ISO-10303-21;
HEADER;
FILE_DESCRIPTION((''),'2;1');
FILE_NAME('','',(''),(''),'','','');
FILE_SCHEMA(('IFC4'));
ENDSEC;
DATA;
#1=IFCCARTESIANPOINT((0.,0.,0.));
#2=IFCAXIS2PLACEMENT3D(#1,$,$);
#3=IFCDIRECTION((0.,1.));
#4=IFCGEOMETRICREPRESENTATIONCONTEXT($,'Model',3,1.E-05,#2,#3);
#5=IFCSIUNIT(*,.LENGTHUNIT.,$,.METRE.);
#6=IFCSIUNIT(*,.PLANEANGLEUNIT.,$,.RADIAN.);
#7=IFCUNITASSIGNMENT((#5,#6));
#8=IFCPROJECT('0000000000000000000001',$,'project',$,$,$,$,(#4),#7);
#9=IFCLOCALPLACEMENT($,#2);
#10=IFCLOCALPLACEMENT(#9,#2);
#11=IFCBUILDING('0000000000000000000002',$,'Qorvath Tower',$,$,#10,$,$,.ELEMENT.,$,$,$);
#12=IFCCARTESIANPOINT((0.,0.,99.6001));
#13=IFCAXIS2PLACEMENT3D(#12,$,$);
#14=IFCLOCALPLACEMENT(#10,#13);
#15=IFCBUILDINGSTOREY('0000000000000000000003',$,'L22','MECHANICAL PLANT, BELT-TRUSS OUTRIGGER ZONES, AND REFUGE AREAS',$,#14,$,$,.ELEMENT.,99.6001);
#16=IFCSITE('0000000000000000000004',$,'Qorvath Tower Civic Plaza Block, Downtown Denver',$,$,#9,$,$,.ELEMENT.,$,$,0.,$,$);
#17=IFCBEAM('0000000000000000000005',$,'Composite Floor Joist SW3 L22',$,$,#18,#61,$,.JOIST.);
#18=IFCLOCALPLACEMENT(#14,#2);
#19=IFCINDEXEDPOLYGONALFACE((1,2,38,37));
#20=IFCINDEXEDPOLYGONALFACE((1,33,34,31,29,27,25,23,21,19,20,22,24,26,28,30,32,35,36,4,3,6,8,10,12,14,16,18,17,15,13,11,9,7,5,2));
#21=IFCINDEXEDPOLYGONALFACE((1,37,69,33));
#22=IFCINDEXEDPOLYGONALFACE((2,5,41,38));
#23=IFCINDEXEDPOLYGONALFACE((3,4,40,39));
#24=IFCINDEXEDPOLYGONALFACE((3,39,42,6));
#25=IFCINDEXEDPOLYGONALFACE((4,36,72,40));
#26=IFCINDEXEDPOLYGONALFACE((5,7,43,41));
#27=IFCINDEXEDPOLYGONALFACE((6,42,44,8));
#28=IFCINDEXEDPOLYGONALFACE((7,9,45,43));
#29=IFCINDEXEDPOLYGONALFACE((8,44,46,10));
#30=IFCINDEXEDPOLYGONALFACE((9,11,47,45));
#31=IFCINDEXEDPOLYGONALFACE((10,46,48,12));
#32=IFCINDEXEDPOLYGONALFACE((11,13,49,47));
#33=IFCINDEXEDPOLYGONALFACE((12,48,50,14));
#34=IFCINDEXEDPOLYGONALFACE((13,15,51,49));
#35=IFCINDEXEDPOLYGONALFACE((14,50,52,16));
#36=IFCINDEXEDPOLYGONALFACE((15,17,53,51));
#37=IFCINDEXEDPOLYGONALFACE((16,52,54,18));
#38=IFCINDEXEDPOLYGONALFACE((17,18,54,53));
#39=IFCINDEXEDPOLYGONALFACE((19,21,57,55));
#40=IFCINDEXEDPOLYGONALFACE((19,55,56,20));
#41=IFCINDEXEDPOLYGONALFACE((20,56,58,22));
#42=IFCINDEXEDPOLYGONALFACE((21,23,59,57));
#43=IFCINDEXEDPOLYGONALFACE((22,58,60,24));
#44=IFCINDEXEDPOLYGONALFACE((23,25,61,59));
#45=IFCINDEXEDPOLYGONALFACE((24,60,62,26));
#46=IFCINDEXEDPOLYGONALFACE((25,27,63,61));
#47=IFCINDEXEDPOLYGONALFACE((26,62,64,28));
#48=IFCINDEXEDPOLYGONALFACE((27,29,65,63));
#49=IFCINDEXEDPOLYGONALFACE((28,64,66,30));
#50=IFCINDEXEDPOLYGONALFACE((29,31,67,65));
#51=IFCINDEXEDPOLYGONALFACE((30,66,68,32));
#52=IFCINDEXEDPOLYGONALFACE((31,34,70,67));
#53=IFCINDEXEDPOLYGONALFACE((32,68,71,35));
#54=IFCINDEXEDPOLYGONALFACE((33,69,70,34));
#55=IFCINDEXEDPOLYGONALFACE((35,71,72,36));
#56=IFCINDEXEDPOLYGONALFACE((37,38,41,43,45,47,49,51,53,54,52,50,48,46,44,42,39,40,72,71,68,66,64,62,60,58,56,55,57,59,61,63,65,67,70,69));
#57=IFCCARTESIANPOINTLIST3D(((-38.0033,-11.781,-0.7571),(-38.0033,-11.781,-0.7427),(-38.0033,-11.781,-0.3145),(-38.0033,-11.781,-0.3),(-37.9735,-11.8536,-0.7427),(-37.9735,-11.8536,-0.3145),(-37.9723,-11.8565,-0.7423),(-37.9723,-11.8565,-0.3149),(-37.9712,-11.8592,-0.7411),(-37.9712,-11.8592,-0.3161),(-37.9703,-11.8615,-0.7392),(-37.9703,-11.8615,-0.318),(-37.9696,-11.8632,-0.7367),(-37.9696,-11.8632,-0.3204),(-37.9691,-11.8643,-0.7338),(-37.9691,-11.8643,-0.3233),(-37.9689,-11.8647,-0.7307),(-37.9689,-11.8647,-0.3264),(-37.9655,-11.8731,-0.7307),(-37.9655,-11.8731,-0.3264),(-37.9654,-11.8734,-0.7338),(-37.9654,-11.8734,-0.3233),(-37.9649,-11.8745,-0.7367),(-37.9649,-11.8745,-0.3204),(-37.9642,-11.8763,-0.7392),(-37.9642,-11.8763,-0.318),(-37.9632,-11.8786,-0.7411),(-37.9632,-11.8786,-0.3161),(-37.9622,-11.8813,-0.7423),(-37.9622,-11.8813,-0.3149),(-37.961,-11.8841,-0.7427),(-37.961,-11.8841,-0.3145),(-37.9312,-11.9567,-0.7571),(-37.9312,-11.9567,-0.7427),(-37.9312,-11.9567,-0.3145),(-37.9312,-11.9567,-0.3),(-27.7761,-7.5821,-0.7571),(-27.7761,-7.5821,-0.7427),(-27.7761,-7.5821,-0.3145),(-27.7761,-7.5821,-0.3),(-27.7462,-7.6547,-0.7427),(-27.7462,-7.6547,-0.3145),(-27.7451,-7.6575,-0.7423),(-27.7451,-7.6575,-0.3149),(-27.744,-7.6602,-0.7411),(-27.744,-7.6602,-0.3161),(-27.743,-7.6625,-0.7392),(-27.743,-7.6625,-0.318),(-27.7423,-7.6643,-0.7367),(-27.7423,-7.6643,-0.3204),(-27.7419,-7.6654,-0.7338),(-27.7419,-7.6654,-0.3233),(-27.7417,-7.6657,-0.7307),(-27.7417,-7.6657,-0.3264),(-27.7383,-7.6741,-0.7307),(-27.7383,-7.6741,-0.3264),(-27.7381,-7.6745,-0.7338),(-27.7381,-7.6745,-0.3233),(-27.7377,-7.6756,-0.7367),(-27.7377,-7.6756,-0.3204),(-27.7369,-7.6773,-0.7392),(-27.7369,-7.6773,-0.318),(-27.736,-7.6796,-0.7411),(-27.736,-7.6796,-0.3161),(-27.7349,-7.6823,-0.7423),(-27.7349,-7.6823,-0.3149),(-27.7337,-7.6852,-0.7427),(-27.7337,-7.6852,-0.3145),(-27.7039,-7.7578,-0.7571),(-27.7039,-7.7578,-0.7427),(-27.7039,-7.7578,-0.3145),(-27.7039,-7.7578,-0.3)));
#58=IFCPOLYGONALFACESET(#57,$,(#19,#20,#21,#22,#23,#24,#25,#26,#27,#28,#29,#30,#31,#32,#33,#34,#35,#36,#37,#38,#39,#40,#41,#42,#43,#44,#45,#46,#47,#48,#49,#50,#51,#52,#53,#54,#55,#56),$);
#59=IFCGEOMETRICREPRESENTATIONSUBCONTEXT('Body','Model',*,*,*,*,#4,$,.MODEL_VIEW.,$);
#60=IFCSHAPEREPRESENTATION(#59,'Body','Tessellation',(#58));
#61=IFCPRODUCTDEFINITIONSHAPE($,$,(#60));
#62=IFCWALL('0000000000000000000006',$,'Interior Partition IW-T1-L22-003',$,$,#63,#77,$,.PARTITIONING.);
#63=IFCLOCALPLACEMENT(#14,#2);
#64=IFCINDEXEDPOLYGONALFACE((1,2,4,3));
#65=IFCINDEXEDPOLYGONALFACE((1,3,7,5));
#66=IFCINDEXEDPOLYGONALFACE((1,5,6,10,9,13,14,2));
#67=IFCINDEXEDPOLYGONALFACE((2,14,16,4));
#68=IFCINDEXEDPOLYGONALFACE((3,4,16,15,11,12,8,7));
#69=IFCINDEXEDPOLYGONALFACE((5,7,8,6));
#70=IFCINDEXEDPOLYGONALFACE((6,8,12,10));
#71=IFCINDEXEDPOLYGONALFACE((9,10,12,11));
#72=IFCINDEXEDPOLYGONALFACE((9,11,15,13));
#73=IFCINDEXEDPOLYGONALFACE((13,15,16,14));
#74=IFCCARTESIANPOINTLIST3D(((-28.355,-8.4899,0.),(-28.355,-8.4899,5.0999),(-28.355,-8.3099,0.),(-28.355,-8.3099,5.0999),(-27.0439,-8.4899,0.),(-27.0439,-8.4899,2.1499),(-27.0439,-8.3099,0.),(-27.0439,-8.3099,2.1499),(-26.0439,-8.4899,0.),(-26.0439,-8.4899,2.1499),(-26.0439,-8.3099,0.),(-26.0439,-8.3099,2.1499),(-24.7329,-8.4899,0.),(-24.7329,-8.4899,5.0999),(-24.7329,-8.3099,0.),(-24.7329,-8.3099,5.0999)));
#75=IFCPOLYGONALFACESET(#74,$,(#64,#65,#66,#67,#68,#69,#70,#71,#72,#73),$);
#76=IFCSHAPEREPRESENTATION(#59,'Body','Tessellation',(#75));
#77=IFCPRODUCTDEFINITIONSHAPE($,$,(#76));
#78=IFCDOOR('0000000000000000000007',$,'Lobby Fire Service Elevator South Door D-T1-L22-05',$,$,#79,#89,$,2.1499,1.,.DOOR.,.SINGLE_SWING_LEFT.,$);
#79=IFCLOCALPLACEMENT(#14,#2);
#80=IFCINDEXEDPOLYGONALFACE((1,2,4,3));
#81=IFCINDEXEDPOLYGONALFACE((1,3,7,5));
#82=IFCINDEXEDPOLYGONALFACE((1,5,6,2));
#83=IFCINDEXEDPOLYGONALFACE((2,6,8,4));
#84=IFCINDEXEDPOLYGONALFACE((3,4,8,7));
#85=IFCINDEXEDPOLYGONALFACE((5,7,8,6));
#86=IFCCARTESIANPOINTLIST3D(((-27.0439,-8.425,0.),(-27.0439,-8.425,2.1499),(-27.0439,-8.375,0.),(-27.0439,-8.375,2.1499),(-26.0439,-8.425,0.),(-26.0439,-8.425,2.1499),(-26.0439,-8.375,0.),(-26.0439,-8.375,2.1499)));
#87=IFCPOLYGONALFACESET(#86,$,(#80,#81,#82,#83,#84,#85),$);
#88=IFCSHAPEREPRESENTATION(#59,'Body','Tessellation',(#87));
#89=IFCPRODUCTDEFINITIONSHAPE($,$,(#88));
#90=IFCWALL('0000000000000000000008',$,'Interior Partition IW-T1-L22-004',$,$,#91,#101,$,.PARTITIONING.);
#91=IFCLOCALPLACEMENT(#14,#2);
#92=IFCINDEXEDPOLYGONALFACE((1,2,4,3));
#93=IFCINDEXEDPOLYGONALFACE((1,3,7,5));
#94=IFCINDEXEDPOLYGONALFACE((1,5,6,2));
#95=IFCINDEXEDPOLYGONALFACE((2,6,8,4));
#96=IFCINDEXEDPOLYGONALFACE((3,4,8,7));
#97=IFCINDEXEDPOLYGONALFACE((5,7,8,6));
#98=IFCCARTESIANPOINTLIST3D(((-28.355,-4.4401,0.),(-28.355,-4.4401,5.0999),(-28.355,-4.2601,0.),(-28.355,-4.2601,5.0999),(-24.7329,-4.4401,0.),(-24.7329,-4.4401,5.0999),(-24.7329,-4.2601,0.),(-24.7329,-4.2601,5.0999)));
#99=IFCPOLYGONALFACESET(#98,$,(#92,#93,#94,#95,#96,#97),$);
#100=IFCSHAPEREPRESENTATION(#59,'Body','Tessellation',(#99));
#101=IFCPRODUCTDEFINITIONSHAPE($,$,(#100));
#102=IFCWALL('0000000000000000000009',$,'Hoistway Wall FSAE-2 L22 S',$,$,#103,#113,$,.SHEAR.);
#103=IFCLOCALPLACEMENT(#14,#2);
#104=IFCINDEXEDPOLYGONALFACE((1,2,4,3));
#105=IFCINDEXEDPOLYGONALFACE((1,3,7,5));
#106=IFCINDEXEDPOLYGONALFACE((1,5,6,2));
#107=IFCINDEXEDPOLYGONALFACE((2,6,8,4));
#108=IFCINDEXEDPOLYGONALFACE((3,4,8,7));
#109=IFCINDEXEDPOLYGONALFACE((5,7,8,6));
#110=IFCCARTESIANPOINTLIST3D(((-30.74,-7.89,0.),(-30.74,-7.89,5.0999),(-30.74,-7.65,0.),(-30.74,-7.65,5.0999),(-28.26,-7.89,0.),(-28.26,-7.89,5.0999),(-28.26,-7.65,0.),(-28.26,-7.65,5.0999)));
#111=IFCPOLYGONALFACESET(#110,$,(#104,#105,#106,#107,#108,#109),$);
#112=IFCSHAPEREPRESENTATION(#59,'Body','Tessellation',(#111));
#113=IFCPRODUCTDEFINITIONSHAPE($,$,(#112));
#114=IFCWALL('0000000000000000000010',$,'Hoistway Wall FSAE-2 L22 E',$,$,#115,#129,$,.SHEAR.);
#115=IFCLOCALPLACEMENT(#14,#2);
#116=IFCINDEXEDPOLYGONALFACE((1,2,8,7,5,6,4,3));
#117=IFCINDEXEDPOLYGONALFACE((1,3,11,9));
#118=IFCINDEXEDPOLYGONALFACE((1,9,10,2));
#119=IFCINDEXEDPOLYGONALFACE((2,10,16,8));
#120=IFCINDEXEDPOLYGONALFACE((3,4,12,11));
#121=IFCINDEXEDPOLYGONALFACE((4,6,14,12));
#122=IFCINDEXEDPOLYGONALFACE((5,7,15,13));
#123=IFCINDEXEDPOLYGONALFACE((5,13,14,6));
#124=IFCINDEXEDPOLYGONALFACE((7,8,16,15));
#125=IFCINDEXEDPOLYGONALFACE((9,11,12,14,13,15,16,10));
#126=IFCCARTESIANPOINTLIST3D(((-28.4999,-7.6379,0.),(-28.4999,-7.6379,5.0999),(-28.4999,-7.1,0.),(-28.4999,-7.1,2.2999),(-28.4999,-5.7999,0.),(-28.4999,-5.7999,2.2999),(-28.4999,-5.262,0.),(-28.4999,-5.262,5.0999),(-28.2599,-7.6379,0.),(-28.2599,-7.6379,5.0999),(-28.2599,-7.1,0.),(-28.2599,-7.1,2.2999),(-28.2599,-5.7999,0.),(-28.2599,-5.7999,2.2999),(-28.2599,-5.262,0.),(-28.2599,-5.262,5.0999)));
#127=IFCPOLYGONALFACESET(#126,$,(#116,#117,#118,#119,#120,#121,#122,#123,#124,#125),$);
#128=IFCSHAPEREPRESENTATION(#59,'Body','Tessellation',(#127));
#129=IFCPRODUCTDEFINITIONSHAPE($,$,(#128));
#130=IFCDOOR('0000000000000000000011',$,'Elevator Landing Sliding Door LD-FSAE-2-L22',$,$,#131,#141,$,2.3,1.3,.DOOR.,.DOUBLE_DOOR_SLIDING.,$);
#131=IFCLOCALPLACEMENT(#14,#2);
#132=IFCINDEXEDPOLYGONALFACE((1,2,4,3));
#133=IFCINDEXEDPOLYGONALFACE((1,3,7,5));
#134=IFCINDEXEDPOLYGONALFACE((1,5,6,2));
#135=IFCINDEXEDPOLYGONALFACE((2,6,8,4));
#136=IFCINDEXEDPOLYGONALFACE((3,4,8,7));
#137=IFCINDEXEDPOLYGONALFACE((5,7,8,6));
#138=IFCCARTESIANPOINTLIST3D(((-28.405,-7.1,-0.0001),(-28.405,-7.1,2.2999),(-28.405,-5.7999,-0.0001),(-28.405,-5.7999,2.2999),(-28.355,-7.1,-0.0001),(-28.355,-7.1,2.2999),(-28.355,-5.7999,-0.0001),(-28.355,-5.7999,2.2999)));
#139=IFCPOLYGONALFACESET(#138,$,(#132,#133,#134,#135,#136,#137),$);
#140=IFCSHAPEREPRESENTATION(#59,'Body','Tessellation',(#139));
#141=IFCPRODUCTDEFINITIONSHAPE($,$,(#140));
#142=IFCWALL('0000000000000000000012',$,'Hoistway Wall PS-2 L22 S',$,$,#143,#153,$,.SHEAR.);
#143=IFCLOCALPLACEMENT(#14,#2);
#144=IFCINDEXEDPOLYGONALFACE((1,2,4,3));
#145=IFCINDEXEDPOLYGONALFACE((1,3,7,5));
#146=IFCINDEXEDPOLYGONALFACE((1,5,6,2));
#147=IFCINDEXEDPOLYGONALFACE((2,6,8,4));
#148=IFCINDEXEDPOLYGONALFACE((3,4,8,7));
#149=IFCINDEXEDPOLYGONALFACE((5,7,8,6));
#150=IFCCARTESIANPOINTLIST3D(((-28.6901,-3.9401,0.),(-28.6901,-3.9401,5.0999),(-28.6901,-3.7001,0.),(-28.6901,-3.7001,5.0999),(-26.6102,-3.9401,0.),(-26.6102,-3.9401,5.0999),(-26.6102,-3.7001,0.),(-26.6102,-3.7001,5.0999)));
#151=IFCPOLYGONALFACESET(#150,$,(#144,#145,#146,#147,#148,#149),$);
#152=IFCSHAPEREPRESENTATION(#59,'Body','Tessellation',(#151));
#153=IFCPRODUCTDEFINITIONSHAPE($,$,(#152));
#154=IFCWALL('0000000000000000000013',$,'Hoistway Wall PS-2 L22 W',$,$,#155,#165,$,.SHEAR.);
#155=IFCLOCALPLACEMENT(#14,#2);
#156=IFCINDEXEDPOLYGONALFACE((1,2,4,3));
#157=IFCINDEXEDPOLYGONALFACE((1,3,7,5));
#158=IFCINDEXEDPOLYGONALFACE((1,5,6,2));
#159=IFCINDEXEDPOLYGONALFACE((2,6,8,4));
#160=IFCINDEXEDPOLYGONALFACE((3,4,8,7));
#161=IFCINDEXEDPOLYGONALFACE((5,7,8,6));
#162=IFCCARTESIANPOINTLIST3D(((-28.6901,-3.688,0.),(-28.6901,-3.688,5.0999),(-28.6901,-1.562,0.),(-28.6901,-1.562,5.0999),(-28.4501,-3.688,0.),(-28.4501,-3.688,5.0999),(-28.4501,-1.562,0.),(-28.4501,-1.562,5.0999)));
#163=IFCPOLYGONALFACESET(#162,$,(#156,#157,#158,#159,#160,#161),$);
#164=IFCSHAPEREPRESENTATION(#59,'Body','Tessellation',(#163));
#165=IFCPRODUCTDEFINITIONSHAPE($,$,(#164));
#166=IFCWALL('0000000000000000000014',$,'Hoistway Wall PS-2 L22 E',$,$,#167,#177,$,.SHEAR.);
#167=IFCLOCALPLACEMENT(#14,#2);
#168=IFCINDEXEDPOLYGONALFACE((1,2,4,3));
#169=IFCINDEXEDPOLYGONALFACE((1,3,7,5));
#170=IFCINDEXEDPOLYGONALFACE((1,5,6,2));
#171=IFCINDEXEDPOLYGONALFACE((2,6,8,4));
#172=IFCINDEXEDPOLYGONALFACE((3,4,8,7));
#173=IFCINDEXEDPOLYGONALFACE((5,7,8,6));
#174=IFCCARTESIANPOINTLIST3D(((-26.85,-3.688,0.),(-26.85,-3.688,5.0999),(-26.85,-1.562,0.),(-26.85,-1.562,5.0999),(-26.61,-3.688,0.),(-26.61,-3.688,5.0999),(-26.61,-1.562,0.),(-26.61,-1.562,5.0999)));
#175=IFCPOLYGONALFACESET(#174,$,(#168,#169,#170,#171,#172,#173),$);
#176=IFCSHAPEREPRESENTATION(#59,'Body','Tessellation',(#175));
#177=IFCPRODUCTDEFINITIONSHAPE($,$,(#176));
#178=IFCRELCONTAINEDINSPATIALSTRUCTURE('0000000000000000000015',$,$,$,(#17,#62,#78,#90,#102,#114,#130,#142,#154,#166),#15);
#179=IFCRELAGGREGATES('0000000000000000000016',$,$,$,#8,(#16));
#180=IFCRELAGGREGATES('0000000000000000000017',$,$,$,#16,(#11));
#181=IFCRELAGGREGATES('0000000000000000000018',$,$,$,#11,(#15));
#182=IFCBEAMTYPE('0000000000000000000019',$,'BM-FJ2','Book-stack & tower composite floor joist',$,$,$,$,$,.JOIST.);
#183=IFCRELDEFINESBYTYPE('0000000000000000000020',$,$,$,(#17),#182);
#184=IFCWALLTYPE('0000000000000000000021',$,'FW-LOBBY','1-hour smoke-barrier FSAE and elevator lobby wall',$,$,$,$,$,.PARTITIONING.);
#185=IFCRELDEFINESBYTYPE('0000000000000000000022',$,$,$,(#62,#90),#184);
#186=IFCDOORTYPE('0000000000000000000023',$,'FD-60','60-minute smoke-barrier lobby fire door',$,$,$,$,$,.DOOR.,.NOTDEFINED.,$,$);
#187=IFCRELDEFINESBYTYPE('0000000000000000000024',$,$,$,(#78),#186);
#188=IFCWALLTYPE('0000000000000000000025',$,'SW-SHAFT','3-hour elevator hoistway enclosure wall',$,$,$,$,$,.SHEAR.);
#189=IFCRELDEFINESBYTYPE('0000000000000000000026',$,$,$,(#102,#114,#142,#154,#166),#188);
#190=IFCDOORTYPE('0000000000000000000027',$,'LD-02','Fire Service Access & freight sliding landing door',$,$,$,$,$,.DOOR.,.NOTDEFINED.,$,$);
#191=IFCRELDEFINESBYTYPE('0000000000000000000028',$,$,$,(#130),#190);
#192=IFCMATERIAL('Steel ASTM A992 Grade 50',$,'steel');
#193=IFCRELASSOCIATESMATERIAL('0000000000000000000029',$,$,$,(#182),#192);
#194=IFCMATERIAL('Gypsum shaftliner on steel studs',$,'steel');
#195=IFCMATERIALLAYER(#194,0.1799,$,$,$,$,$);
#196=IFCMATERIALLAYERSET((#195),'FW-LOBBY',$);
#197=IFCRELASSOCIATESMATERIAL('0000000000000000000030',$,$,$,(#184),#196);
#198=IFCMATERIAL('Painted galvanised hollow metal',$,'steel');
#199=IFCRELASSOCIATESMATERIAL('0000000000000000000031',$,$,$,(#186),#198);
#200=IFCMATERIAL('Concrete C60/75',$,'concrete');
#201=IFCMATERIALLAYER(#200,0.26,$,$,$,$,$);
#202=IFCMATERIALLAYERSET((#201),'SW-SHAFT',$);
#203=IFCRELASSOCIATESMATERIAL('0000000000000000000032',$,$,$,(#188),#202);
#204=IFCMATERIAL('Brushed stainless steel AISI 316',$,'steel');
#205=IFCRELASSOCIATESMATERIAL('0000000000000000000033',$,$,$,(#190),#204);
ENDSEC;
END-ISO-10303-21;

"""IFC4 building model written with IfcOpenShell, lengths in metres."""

from ifc_helpers import new_model, si_unit, direction, frame, frame_2d, origin, origin_2d, place, context, subcontext, project, spatial, rectangle, i_section, extrude, material, layer, layer_set, material_profile, profile_set, type_object, element, fill, save


model = new_model("IFC4")

# Units and contexts
model_context = context("Model", 3, precision=1e-05, world=origin(), true_north=direction((0.0, 1.0)))
body_context = subcontext(model_context, "Body", "Model", "MODEL_VIEW")
ifc_project = project(units=[si_unit("LENGTHUNIT", "METRE"), si_unit("PLANEANGLEUNIT", "RADIAN")], contexts=[model_context])

# Site, building, storey
site_placement = place(None, origin())
site = spatial("IfcSite", under=ifc_project, at=site_placement, Name="Qorvath Tower Civic Plaza Block, Downtown Denver", CompositionType="ELEMENT", RefElevation=0.0)
building_placement = place(site_placement, origin())
building = spatial("IfcBuilding", under=site, at=building_placement, Name="Qorvath Tower", CompositionType="ELEMENT")
storey_placement = place(building_placement, frame((0.0, 0.0, 99.6001)))
storey = spatial("IfcBuildingStorey", under=building, at=storey_placement, Name="L22", Description="MECHANICAL PLANT, BELT-TRUSS OUTRIGGER ZONES, AND REFUGE AREAS", CompositionType="ELEMENT", Elevation=99.6001)

# Beam
ifc_material_1 = material(Name="Steel ASTM A992 Grade 50", Category="steel")
ifc_material_profile = material_profile(ifc_material_1, i_section(OverallWidth=0.1899, OverallDepth=0.457, WebThickness=0.009, FlangeThickness=0.0144, FilletRadius=0.012, at=origin_2d()), Name="W18x50")
ifc_profile_set = profile_set([ifc_material_profile], Name="Steel ASTM A992 Grade 50")
beam_type = type_object("IfcBeamType", Name="BM-FJ2", Description="Book-stack & tower composite floor joist", PredefinedType="JOIST", material=ifc_profile_set)
beam_placement = place(storey_placement, frame((-27.74, -7.6699, -0.5286), z_axis=(-0.925068, -0.379801, 0.0), x_axis=(0.379801, -0.925068, 0.0)))
element("IfcBeam", 1, at=beam_placement, inside=storey, type_object=beam_type, Name="Composite Floor Joist SW3 L22", PredefinedType="JOIST", context=body_context, shape_type="SweptSolid", body=[
    extrude(i_section(OverallWidth=0.1899, OverallDepth=0.457, WebThickness=0.009, FlangeThickness=0.0144, FilletRadius=0.012, at=origin_2d()), origin(), (0.0, 0.0, 1.0), 11.0557),
])

# Wall, opening, door
ifc_material_2 = material(Name="Gypsum shaftliner on steel studs", Category="steel")
ifc_layer_1 = layer(ifc_material_2, 0.1799)
ifc_layer_set_1 = layer_set([ifc_layer_1], Name="FW-LOBBY")
wall_type_1 = type_object("IfcWallType", Name="FW-LOBBY", Description="1-hour smoke-barrier FSAE and elevator lobby wall", PredefinedType="PARTITIONING", material=ifc_layer_set_1)
wall_1_placement = place(storey_placement, frame((-28.355, -8.3999, 0.0), z_axis=(0.0, 0.0, 1.0), x_axis=(1.0, 0.0, 0.0)))
wall_1 = element("IfcWall", 2, at=wall_1_placement, inside=storey, type_object=wall_type_1, Name="Interior Partition IW-T1-L22-003", PredefinedType="PARTITIONING", context=body_context, shape_type="SweptSolid", body=[
    extrude(rectangle(XDim=3.6221, YDim=0.1799, at=frame_2d((1.811, 0.0))), origin(), (0.0, 0.0, 1.0), 5.0999),
])
opening_1_placement = place(wall_1_placement, frame((1.311, 0.0, 0.0)))
opening_1 = element("IfcOpeningElement", 3, at=opening_1_placement, cuts=wall_1, PredefinedType="OPENING", context=body_context, shape_type="SweptSolid", body=[
    extrude(rectangle(XDim=1.0, YDim=2.1499, at=frame_2d((0.5, 1.075))), frame((0.0, 0.1001, 0.0), z_axis=(0.0, -1.0, 0.0), x_axis=(1.0, 0.0, 0.0)), (0.0, 0.0, 1.0), 0.2),
])
ifc_material_3 = material(Name="Painted galvanised hollow metal", Category="steel")
door_type_1 = type_object("IfcDoorType", Name="FD-60", Description="60-minute smoke-barrier lobby fire door", OperationType="NOTDEFINED", PredefinedType="DOOR", material=ifc_material_3)
door_1_placement = place(opening_1_placement, origin())
door_1 = element("IfcDoor", 4, at=door_1_placement, inside=storey, type_object=door_type_1, Name="Lobby Fire Service Elevator South Door D-T1-L22-05", OperationType="SINGLE_SWING_LEFT", OverallHeight=2.1499, OverallWidth=1.0, PredefinedType="DOOR", context=body_context, shape_type="SweptSolid", body=[
    extrude(rectangle(XDim=1.0, YDim=2.1499, at=frame_2d((0.5, 1.075))), frame((0.0, 0.0249, 0.0), z_axis=(0.0, -1.0, 0.0), x_axis=(1.0, 0.0, 0.0)), (0.0, 0.0, 1.0), 0.05),
])
fill(opening_1, door_1)

# Walls
wall_2_placement = place(storey_placement, frame((-24.7329, -4.3501, 0.0), z_axis=(0.0, 0.0, 1.0), x_axis=(-1.0, 0.0, 0.0)))
element("IfcWall", 5, at=wall_2_placement, inside=storey, type_object=wall_type_1, Name="Interior Partition IW-T1-L22-004", PredefinedType="PARTITIONING", context=body_context, shape_type="SweptSolid", body=[
    extrude(rectangle(XDim=3.6221, YDim=0.1799, at=frame_2d((1.811, 0.0))), origin(), (0.0, 0.0, 1.0), 5.0999),
])
ifc_material_4 = material(Name="Concrete C60/75", Category="concrete")
ifc_layer_2 = layer(ifc_material_4, 0.26)
ifc_layer_set_2 = layer_set([ifc_layer_2], Name="SW-SHAFT")
wall_type_2 = type_object("IfcWallType", Name="SW-SHAFT", Description="3-hour elevator hoistway enclosure wall", PredefinedType="SHEAR", material=ifc_layer_set_2)
wall_3_placement = place(storey_placement, frame((-28.26, -7.77, 0.0), z_axis=(0.0, 0.0, 1.0), x_axis=(-1.0, 0.0, 0.0)))
element("IfcWall", 6, at=wall_3_placement, inside=storey, type_object=wall_type_2, Name="Hoistway Wall FSAE-2 L22 S", PredefinedType="SHEAR", context=body_context, shape_type="SweptSolid", body=[
    extrude(rectangle(XDim=2.48, YDim=0.24, at=frame_2d((1.24, 0.0))), origin(), (0.0, 0.0, 1.0), 5.0999),
])

# Wall, opening, door
wall_4_placement = place(storey_placement, frame((-28.3799, -5.262, 0.0), z_axis=(0.0, 0.0, 1.0), x_axis=(0.0, -1.0, 0.0)))
wall_4 = element("IfcWall", 7, at=wall_4_placement, inside=storey, type_object=wall_type_2, Name="Hoistway Wall FSAE-2 L22 E", PredefinedType="SHEAR", context=body_context, shape_type="SweptSolid", body=[
    extrude(rectangle(XDim=2.376, YDim=0.24, at=frame_2d((1.188, 0.0))), origin(), (0.0, 0.0, 1.0), 5.0999),
])
opening_2_placement = place(wall_4_placement, frame((0.5381, 0.0, 0.0)))
opening_2 = element("IfcOpeningElement", 8, at=opening_2_placement, cuts=wall_4, PredefinedType="OPENING", context=body_context, shape_type="SweptSolid", body=[
    extrude(rectangle(XDim=1.3, YDim=2.3, at=frame_2d((0.6499, 1.1499))), frame((0.0, 0.1299, 0.0), z_axis=(0.0, -1.0, 0.0), x_axis=(1.0, 0.0, 0.0)), (0.0, 0.0, 1.0), 0.26),
])
ifc_material_5 = material(Name="Brushed stainless steel AISI 316", Category="steel")
door_type_2 = type_object("IfcDoorType", Name="LD-02", Description="Fire Service Access & freight sliding landing door", OperationType="NOTDEFINED", PredefinedType="DOOR", material=ifc_material_5)
door_2_placement = place(opening_2_placement, origin())
door_2 = element("IfcDoor", 9, at=door_2_placement, inside=storey, type_object=door_type_2, Name="Elevator Landing Sliding Door LD-FSAE-2-L22", OperationType="DOUBLE_DOOR_SLIDING", OverallHeight=2.3, OverallWidth=1.3, PredefinedType="DOOR", context=body_context, shape_type="SweptSolid", body=[
    extrude(rectangle(XDim=1.3, YDim=2.3, at=frame_2d((0.6499, 1.1499))), frame((0.0, 0.0249, 0.0), z_axis=(0.0, -1.0, 0.0), x_axis=(1.0, 0.0, 0.0)), (0.0, 0.0, 1.0), 0.05),
])
fill(opening_2, door_2)

# Walls
wall_5_placement = place(storey_placement, frame((-26.6101, -3.8201, 0.0), z_axis=(0.0, 0.0, 1.0), x_axis=(-1.0, 0.0, 0.0)))
element("IfcWall", 10, at=wall_5_placement, inside=storey, type_object=wall_type_2, Name="Hoistway Wall PS-2 L22 S", PredefinedType="SHEAR", context=body_context, shape_type="SweptSolid", body=[
    extrude(rectangle(XDim=2.0798, YDim=0.24, at=frame_2d((1.04, 0.0))), origin(), (0.0, 0.0, 1.0), 5.0999),
])
for number, where, z_axis, x_axis, name in (
    (11, (-28.5701, -3.688, 0.0), (0.0, 0.0, 1.0), (0.0, 1.0, 0.0), "Hoistway Wall PS-2 L22 W"),
    (12, (-26.73, -1.562, 0.0), (0.0, 0.0, 1.0), (0.0, -1.0, 0.0), "Hoistway Wall PS-2 L22 E"),
):
    element("IfcWall", number, at=place(storey_placement, frame(where, z_axis=z_axis, x_axis=x_axis)), inside=storey, type_object=wall_type_2, Name=name, PredefinedType="SHEAR", context=body_context, shape_type="SweptSolid", body=[
        extrude(rectangle(XDim=2.126, YDim=0.24, at=frame_2d((1.063, 0.0))), origin(), (0.0, 0.0, 1.0), 5.0999),
    ])

save(model, "model.ifc")
